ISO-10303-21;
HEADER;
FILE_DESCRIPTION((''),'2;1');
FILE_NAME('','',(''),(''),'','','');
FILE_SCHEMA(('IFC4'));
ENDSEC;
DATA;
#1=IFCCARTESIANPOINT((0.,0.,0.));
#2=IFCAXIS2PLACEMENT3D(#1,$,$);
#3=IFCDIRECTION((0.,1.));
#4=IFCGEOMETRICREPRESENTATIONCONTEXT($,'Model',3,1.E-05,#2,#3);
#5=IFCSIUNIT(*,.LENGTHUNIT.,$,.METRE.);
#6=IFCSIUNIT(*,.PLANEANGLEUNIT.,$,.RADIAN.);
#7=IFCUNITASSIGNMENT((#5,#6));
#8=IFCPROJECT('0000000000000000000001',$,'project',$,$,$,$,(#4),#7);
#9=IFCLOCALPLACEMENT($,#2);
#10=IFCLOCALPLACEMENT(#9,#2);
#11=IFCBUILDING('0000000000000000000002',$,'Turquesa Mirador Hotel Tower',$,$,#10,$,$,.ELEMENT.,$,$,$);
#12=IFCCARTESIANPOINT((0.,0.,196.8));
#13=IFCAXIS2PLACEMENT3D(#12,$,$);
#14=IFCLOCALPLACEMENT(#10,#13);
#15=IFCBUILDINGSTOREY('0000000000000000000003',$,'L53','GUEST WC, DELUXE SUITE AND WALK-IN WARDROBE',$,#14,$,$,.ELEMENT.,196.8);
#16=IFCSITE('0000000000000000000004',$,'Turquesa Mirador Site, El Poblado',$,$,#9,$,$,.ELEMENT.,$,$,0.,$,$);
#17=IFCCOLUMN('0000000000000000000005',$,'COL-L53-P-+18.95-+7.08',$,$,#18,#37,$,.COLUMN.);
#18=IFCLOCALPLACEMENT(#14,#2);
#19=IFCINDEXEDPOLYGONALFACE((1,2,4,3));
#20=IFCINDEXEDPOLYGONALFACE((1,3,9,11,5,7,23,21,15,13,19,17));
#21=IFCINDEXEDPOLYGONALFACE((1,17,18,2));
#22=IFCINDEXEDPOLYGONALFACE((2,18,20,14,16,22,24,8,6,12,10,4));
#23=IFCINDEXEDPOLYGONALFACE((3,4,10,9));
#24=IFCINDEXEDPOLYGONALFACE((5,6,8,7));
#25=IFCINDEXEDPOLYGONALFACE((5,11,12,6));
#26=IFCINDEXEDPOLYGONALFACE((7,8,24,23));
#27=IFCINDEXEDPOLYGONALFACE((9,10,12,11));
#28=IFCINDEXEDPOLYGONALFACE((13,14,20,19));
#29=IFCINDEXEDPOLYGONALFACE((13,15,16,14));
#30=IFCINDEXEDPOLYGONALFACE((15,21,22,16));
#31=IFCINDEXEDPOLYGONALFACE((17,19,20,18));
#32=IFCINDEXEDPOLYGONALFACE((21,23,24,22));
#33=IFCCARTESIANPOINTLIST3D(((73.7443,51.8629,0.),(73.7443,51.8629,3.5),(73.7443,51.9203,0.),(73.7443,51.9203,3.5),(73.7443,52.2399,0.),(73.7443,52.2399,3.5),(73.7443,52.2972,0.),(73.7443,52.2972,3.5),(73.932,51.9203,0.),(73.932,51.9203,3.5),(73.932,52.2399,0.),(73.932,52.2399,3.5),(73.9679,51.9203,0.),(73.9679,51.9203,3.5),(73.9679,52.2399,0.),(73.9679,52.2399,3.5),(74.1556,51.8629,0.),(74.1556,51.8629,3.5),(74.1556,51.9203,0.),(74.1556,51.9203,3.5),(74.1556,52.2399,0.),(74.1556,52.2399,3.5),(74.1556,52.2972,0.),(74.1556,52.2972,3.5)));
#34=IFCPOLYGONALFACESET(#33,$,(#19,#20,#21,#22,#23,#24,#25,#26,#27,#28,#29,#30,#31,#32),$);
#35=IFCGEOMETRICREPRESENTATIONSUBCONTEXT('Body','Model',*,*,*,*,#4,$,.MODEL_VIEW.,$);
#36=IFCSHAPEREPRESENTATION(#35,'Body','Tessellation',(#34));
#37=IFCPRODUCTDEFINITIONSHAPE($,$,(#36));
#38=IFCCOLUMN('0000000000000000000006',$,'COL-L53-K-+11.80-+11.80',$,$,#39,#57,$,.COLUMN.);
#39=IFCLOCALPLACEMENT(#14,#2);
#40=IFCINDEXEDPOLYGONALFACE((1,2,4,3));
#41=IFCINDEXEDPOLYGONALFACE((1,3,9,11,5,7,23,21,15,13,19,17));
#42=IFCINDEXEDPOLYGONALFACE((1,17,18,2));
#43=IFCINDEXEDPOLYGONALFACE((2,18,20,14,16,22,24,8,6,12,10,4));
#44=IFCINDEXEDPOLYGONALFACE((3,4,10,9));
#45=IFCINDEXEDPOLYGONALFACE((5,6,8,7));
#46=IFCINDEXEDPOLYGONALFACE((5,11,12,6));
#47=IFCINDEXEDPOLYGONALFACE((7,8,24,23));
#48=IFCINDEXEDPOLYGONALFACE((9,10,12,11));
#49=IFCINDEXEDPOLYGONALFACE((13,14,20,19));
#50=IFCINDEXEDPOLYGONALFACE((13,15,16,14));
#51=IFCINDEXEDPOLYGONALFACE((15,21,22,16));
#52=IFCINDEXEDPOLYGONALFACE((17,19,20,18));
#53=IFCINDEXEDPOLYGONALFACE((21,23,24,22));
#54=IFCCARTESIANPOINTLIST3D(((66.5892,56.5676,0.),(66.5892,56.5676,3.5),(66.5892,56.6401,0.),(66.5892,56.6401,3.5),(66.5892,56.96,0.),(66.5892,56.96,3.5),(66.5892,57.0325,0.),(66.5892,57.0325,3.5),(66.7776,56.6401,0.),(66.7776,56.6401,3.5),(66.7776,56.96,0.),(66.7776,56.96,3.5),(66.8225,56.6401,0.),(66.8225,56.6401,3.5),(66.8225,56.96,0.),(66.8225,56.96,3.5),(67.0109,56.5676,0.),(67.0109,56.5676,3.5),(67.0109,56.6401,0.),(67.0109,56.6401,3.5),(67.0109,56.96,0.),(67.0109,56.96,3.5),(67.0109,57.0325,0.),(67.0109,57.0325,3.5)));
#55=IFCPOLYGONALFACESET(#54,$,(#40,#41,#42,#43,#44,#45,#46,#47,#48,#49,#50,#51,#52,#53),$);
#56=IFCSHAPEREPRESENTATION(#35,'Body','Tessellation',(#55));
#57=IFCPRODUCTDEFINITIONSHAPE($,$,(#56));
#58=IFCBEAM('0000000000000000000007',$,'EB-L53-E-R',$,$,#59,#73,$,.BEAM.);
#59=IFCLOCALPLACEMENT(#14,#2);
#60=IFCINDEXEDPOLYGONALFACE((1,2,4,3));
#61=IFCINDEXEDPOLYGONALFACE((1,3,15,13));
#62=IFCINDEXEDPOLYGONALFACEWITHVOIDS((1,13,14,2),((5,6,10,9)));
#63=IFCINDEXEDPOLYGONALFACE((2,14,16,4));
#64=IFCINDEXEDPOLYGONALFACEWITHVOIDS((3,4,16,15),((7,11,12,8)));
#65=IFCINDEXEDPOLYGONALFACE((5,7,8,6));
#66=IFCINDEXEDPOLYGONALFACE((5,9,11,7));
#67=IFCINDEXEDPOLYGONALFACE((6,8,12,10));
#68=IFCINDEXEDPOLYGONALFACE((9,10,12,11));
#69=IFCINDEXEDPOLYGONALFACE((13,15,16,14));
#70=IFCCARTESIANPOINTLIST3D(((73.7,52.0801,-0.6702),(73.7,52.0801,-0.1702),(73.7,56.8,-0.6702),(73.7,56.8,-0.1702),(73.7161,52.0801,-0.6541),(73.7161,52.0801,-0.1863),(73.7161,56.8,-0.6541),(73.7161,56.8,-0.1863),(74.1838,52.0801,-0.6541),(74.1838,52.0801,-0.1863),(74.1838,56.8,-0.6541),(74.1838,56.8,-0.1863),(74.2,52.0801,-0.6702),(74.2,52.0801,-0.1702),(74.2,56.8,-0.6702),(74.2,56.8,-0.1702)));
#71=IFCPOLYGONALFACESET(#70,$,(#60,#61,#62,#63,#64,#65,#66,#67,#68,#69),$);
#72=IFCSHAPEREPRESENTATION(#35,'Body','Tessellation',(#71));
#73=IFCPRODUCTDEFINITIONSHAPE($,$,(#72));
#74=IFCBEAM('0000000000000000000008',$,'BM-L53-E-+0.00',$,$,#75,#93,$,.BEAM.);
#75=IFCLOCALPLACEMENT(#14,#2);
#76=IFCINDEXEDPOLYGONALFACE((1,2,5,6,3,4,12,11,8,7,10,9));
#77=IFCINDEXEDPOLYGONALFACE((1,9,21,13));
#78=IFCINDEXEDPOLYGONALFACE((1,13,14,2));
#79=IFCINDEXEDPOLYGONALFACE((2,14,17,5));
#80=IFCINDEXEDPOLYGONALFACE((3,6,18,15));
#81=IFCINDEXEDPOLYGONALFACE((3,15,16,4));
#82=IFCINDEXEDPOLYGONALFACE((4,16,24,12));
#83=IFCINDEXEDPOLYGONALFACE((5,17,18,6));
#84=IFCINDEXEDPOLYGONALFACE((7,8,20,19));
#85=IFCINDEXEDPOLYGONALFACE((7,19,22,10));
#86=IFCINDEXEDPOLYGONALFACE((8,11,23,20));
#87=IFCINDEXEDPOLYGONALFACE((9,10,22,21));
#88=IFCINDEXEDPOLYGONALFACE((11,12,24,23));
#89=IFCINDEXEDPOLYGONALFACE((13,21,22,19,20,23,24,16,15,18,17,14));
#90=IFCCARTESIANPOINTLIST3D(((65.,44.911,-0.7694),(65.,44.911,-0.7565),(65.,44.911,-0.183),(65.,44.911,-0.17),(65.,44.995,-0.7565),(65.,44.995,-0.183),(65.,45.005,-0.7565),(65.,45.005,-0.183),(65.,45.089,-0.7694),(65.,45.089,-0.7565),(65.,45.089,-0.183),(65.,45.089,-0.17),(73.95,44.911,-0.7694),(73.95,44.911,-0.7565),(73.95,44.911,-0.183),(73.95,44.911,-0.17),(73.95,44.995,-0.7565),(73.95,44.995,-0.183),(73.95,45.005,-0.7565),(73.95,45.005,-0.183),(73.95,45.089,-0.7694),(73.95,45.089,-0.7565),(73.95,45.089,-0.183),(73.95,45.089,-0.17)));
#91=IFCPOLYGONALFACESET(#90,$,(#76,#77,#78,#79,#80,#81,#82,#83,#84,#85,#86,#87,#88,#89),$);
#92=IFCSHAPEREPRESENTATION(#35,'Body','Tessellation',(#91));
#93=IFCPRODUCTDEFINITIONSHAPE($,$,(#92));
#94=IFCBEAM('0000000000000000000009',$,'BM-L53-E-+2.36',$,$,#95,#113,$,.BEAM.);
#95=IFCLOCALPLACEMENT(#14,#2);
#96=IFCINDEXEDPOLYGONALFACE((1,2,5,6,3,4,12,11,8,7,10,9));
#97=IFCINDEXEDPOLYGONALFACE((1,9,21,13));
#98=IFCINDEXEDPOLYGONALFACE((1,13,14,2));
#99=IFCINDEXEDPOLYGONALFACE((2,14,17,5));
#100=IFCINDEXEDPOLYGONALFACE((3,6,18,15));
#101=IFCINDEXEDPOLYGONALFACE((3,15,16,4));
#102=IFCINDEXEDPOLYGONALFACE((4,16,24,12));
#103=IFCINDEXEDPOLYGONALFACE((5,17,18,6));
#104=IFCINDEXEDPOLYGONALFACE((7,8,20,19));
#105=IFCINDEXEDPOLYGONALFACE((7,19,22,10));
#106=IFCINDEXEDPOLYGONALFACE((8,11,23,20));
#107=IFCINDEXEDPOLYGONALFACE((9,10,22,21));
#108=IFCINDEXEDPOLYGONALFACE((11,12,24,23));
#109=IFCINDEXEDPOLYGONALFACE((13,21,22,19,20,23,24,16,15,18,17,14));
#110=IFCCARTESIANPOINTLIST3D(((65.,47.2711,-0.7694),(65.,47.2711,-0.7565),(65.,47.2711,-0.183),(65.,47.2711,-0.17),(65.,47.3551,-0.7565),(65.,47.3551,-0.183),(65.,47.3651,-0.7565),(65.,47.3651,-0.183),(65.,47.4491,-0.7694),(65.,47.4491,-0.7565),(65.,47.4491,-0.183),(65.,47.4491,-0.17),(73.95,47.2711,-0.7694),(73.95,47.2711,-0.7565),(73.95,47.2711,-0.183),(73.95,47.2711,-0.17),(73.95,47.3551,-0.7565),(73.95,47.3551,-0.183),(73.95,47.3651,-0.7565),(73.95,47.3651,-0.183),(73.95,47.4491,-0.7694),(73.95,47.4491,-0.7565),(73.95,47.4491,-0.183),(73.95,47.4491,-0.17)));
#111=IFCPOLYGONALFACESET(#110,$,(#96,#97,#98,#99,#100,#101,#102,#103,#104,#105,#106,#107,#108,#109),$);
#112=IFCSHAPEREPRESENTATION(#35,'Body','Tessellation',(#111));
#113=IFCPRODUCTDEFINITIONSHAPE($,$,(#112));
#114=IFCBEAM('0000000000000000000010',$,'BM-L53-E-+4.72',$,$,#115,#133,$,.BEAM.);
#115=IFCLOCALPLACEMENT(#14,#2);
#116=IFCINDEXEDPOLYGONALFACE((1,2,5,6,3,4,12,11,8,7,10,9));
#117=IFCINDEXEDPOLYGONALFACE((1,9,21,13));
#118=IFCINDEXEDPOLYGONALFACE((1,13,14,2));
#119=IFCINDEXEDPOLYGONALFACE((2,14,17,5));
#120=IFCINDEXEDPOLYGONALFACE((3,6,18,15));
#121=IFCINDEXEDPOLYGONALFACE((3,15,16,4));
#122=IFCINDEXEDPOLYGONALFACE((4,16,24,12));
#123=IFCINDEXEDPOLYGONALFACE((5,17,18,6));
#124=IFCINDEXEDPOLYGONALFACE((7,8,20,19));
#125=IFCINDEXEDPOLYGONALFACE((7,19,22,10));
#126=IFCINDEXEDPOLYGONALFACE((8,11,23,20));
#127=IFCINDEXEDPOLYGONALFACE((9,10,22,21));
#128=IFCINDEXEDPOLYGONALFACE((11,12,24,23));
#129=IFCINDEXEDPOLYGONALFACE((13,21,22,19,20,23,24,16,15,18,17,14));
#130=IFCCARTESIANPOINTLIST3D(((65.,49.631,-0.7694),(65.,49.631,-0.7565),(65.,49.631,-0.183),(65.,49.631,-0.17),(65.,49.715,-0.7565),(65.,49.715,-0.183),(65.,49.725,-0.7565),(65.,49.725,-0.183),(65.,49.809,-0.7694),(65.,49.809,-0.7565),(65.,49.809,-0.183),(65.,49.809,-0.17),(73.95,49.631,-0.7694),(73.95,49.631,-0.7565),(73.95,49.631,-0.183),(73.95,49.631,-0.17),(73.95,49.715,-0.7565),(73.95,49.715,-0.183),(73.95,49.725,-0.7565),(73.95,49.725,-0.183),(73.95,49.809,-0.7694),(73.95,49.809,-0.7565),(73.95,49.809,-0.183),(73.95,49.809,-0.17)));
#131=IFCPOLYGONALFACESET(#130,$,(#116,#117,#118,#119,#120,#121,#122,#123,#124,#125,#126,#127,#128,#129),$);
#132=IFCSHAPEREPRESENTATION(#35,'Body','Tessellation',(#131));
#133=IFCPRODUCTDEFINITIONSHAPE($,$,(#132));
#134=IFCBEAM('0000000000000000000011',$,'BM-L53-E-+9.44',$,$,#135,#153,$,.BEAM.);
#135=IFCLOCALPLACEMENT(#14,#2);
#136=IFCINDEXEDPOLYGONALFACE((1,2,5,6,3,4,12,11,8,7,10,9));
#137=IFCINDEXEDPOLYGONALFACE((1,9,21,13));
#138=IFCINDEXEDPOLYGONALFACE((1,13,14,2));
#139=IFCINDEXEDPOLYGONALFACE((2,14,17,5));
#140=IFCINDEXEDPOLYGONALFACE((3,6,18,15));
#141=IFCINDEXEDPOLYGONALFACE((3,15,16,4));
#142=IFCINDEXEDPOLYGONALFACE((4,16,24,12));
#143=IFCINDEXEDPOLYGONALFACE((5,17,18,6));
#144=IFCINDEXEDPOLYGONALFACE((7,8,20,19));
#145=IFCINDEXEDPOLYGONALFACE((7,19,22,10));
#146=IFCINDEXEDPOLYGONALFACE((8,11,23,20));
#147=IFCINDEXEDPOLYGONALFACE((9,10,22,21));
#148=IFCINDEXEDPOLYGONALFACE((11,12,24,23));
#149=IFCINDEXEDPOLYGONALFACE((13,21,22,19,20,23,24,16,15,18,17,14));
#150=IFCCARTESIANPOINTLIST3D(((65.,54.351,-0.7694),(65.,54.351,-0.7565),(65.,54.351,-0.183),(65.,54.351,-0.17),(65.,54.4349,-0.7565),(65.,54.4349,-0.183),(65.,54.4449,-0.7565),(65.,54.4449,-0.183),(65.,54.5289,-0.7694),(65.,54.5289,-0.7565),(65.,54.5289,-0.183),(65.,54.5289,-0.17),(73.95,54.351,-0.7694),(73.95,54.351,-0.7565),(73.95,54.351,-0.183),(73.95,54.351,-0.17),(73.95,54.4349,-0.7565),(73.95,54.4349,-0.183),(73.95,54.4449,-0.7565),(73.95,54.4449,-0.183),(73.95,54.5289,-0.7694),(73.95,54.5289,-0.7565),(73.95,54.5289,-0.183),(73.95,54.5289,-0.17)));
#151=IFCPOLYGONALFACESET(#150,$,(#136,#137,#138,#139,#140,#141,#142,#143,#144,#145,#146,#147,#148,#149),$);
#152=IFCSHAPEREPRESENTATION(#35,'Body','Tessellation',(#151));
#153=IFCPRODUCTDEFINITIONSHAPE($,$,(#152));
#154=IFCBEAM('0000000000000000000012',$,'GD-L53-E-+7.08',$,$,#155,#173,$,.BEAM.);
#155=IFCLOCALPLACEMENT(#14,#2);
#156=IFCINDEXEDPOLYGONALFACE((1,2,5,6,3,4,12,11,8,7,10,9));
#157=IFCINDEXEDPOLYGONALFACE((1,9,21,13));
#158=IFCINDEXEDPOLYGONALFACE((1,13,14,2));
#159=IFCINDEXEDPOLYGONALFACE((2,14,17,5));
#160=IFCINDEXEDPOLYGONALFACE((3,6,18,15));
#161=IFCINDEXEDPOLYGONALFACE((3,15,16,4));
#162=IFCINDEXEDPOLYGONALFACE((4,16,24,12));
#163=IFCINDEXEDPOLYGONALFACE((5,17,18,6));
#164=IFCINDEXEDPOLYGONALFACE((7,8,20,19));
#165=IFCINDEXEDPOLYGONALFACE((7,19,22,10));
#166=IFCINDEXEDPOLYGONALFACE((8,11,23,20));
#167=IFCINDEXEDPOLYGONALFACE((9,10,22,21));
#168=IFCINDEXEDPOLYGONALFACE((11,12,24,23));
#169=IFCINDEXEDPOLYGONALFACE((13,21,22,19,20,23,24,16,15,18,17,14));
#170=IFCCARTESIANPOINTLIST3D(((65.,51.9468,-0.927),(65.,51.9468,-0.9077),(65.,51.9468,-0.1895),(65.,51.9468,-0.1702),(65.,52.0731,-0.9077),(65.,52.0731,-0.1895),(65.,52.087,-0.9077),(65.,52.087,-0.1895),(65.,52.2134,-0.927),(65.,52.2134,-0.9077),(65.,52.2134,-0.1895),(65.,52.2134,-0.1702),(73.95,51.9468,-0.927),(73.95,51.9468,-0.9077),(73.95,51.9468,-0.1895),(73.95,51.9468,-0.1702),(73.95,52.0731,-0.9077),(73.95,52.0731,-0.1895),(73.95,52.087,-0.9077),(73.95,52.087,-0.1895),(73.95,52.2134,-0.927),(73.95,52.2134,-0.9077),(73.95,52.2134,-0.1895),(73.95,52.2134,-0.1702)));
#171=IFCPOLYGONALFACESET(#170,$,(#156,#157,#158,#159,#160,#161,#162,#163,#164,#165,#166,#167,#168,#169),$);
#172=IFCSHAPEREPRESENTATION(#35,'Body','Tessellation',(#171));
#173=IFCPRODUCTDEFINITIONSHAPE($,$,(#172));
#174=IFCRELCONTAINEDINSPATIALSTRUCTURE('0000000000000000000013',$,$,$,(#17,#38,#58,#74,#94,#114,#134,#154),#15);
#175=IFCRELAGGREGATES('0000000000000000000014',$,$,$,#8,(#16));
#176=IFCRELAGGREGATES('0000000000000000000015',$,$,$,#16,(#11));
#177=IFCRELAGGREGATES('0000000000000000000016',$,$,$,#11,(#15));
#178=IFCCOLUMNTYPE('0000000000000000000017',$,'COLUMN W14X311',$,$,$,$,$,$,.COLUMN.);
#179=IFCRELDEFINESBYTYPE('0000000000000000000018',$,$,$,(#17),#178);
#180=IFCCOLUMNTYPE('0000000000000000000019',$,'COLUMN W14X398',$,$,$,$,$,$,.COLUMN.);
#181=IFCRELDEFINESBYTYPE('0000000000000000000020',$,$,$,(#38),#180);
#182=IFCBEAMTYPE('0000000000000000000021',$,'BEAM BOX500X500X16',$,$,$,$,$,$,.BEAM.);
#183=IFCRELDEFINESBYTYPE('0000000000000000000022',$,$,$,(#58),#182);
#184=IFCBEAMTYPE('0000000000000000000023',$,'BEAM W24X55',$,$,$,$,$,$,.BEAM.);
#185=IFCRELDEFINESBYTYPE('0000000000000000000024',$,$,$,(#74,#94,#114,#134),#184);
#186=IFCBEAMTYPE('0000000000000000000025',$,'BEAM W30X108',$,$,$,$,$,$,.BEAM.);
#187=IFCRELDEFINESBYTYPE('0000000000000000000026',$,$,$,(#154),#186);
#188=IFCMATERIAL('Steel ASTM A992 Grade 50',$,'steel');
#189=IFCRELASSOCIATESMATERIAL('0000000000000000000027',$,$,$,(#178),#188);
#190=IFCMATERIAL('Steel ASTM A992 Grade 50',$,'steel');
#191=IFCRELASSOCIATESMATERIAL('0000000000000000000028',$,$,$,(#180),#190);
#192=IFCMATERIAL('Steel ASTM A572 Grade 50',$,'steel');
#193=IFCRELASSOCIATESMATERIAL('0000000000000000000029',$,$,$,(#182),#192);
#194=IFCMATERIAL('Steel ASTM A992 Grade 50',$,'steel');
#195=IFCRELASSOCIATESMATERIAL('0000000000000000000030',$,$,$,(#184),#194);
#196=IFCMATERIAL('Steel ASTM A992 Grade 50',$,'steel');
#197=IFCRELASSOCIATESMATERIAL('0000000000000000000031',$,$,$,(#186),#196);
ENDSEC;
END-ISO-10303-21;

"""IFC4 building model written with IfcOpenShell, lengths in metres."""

from ifc_helpers import new_model, si_unit, direction, frame, origin, origin_2d, place, context, subcontext, project, spatial, hollow_rectangle, i_section, extrude, material, material_profile, profile_set, type_object, element, save


model = new_model("IFC4")

# Units and contexts
model_context = context("Model", 3, precision=1e-05, world=origin(), true_north=direction((0.0, 1.0)))
body_context = subcontext(model_context, "Body", "Model", "MODEL_VIEW")
ifc_project = project(units=[si_unit("LENGTHUNIT", "METRE"), si_unit("PLANEANGLEUNIT", "RADIAN")], contexts=[model_context])

# Site, building, storey
site_placement = place(None, origin())
site = spatial("IfcSite", under=ifc_project, at=site_placement, Name="Turquesa Mirador Site, El Poblado", CompositionType="ELEMENT", RefElevation=0.0)
building_placement = place(site_placement, origin())
building = spatial("IfcBuilding", under=site, at=building_placement, Name="Turquesa Mirador Hotel Tower", CompositionType="ELEMENT")
storey_placement = place(building_placement, frame((0.0, 0.0, 196.8)))
storey = spatial("IfcBuildingStorey", under=building, at=storey_placement, Name="L53", Description="GUEST WC, DELUXE SUITE AND WALK-IN WARDROBE", CompositionType="ELEMENT", Elevation=196.8)

# Columns
ifc_material_1 = material(Name="Steel ASTM A992 Grade 50", Category="steel")
ifc_material_profile_1 = material_profile(ifc_material_1, i_section(OverallWidth=0.4114, OverallDepth=0.4343, WebThickness=0.0359, FlangeThickness=0.0574, at=origin_2d()), Name="W14X311")
ifc_profile_set_1 = profile_set([ifc_material_profile_1], Name="Steel ASTM A992 Grade 50")
column_type_1 = type_object("IfcColumnType", Name="COLUMN W14X311", PredefinedType="COLUMN", material=ifc_profile_set_1)
column_1_placement = place(storey_placement, frame((73.95, 52.0801, 0.0), z_axis=(0.0, 0.0, 1.0), x_axis=(1.0, 0.0, 0.0)))
element("IfcColumn", 1, at=column_1_placement, inside=storey, type_object=column_type_1, Name="COL-L53-P-+18.95-+7.08", PredefinedType="COLUMN", context=body_context, shape_type="SweptSolid", body=[
    extrude(i_section(OverallWidth=0.4114, OverallDepth=0.4343, WebThickness=0.0359, FlangeThickness=0.0574, at=origin_2d()), origin(), (0.0, 0.0, 1.0), 3.5),
])
ifc_material_2 = material(Name="Steel ASTM A992 Grade 50", Category="steel")
ifc_material_profile_2 = material_profile(ifc_material_2, i_section(OverallWidth=0.4216, OverallDepth=0.4648, WebThickness=0.0449, FlangeThickness=0.0725, at=origin_2d()), Name="W14X398")
ifc_profile_set_2 = profile_set([ifc_material_profile_2], Name="Steel ASTM A992 Grade 50")
column_type_2 = type_object("IfcColumnType", Name="COLUMN W14X398", PredefinedType="COLUMN", material=ifc_profile_set_2)
column_2_placement = place(storey_placement, frame((66.8, 56.8, 0.0), z_axis=(0.0, 0.0, 1.0), x_axis=(1.0, 0.0, 0.0)))
element("IfcColumn", 2, at=column_2_placement, inside=storey, type_object=column_type_2, Name="COL-L53-K-+11.80-+11.80", PredefinedType="COLUMN", context=body_context, shape_type="SweptSolid", body=[
    extrude(i_section(OverallWidth=0.4216, OverallDepth=0.4648, WebThickness=0.0449, FlangeThickness=0.0725, at=origin_2d()), origin(), (0.0, 0.0, 1.0), 3.5),
])

# Beams
ifc_material_3 = material(Name="Steel ASTM A572 Grade 50", Category="steel")
ifc_material_profile_3 = material_profile(ifc_material_3, hollow_rectangle(XDim=0.5, YDim=0.5, WallThickness=0.0161, at=origin_2d()), Name="BOX500X500X16")
ifc_profile_set_3 = profile_set([ifc_material_profile_3], Name="Steel ASTM A572 Grade 50")
beam_type_1 = type_object("IfcBeamType", Name="BEAM BOX500X500X16", PredefinedType="BEAM", material=ifc_profile_set_3)
beam_1_placement = place(storey_placement, frame((73.95, 52.0801, -0.4202), z_axis=(0.0, 1.0, 0.0), x_axis=(-1.0, 0.0, 0.0)))
element("IfcBeam", 3, at=beam_1_placement, inside=storey, type_object=beam_type_1, Name="EB-L53-E-R", PredefinedType="BEAM", context=body_context, shape_type="SweptSolid", body=[
    extrude(hollow_rectangle(XDim=0.5, YDim=0.5, WallThickness=0.0161, at=origin_2d()), origin(), (0.0, 0.0, 1.0), 4.72),
])
ifc_material_4 = material(Name="Steel ASTM A992 Grade 50", Category="steel")
ifc_material_profile_4 = material_profile(ifc_material_4, i_section(OverallWidth=0.178, OverallDepth=0.5994, WebThickness=0.01, FlangeThickness=0.0129, at=origin_2d()), Name="W24X55")
ifc_profile_set_4 = profile_set([ifc_material_profile_4], Name="Steel ASTM A992 Grade 50")
beam_type_2 = type_object("IfcBeamType", Name="BEAM W24X55", PredefinedType="BEAM", material=ifc_profile_set_4)
for number, where, z_axis, x_axis, name in (
    (4, (73.95, 45.0, -0.4697), (-1.0, 0.0, 0.0), (0.0, -1.0, 0.0), "BM-L53-E-+0.00"),
    (5, (73.95, 47.3601, -0.4697), (-1.0, 0.0, 0.0), (0.0, -1.0, 0.0), "BM-L53-E-+2.36"),
    (6, (73.95, 49.72, -0.4697), (-1.0, 0.0, 0.0), (0.0, -1.0, 0.0), "BM-L53-E-+4.72"),
    (7, (73.95, 54.4399, -0.4697), (-1.0, 0.0, 0.0), (0.0, -1.0, 0.0), "BM-L53-E-+9.44"),
):
    element("IfcBeam", number, at=place(storey_placement, frame(where, z_axis=z_axis, x_axis=x_axis)), inside=storey, type_object=beam_type_2, Name=name, PredefinedType="BEAM", context=body_context, shape_type="SweptSolid", body=[
        extrude(i_section(OverallWidth=0.178, OverallDepth=0.5994, WebThickness=0.01, FlangeThickness=0.0129, at=origin_2d()), origin(), (0.0, 0.0, 1.0), 8.95),
    ])
ifc_material_5 = material(Name="Steel ASTM A992 Grade 50", Category="steel")
ifc_material_profile_5 = material_profile(ifc_material_5, i_section(OverallWidth=0.2666, OverallDepth=0.7568, WebThickness=0.0139, FlangeThickness=0.0193, at=origin_2d()), Name="W30X108")
ifc_profile_set_5 = profile_set([ifc_material_profile_5], Name="Steel ASTM A992 Grade 50")
beam_type_3 = type_object("IfcBeamType", Name="BEAM W30X108", PredefinedType="BEAM", material=ifc_profile_set_5)
beam_2_placement = place(storey_placement, frame((73.95, 52.0801, -0.5486), z_axis=(-1.0, 0.0, 0.0), x_axis=(0.0, -1.0, 0.0)))
element("IfcBeam", 8, at=beam_2_placement, inside=storey, type_object=beam_type_3, Name="GD-L53-E-+7.08", PredefinedType="BEAM", context=body_context, shape_type="SweptSolid", body=[
    extrude(i_section(OverallWidth=0.2666, OverallDepth=0.7568, WebThickness=0.0139, FlangeThickness=0.0193, at=origin_2d()), origin(), (0.0, 0.0, 1.0), 8.95),
])

save(model, "model.ifc")
